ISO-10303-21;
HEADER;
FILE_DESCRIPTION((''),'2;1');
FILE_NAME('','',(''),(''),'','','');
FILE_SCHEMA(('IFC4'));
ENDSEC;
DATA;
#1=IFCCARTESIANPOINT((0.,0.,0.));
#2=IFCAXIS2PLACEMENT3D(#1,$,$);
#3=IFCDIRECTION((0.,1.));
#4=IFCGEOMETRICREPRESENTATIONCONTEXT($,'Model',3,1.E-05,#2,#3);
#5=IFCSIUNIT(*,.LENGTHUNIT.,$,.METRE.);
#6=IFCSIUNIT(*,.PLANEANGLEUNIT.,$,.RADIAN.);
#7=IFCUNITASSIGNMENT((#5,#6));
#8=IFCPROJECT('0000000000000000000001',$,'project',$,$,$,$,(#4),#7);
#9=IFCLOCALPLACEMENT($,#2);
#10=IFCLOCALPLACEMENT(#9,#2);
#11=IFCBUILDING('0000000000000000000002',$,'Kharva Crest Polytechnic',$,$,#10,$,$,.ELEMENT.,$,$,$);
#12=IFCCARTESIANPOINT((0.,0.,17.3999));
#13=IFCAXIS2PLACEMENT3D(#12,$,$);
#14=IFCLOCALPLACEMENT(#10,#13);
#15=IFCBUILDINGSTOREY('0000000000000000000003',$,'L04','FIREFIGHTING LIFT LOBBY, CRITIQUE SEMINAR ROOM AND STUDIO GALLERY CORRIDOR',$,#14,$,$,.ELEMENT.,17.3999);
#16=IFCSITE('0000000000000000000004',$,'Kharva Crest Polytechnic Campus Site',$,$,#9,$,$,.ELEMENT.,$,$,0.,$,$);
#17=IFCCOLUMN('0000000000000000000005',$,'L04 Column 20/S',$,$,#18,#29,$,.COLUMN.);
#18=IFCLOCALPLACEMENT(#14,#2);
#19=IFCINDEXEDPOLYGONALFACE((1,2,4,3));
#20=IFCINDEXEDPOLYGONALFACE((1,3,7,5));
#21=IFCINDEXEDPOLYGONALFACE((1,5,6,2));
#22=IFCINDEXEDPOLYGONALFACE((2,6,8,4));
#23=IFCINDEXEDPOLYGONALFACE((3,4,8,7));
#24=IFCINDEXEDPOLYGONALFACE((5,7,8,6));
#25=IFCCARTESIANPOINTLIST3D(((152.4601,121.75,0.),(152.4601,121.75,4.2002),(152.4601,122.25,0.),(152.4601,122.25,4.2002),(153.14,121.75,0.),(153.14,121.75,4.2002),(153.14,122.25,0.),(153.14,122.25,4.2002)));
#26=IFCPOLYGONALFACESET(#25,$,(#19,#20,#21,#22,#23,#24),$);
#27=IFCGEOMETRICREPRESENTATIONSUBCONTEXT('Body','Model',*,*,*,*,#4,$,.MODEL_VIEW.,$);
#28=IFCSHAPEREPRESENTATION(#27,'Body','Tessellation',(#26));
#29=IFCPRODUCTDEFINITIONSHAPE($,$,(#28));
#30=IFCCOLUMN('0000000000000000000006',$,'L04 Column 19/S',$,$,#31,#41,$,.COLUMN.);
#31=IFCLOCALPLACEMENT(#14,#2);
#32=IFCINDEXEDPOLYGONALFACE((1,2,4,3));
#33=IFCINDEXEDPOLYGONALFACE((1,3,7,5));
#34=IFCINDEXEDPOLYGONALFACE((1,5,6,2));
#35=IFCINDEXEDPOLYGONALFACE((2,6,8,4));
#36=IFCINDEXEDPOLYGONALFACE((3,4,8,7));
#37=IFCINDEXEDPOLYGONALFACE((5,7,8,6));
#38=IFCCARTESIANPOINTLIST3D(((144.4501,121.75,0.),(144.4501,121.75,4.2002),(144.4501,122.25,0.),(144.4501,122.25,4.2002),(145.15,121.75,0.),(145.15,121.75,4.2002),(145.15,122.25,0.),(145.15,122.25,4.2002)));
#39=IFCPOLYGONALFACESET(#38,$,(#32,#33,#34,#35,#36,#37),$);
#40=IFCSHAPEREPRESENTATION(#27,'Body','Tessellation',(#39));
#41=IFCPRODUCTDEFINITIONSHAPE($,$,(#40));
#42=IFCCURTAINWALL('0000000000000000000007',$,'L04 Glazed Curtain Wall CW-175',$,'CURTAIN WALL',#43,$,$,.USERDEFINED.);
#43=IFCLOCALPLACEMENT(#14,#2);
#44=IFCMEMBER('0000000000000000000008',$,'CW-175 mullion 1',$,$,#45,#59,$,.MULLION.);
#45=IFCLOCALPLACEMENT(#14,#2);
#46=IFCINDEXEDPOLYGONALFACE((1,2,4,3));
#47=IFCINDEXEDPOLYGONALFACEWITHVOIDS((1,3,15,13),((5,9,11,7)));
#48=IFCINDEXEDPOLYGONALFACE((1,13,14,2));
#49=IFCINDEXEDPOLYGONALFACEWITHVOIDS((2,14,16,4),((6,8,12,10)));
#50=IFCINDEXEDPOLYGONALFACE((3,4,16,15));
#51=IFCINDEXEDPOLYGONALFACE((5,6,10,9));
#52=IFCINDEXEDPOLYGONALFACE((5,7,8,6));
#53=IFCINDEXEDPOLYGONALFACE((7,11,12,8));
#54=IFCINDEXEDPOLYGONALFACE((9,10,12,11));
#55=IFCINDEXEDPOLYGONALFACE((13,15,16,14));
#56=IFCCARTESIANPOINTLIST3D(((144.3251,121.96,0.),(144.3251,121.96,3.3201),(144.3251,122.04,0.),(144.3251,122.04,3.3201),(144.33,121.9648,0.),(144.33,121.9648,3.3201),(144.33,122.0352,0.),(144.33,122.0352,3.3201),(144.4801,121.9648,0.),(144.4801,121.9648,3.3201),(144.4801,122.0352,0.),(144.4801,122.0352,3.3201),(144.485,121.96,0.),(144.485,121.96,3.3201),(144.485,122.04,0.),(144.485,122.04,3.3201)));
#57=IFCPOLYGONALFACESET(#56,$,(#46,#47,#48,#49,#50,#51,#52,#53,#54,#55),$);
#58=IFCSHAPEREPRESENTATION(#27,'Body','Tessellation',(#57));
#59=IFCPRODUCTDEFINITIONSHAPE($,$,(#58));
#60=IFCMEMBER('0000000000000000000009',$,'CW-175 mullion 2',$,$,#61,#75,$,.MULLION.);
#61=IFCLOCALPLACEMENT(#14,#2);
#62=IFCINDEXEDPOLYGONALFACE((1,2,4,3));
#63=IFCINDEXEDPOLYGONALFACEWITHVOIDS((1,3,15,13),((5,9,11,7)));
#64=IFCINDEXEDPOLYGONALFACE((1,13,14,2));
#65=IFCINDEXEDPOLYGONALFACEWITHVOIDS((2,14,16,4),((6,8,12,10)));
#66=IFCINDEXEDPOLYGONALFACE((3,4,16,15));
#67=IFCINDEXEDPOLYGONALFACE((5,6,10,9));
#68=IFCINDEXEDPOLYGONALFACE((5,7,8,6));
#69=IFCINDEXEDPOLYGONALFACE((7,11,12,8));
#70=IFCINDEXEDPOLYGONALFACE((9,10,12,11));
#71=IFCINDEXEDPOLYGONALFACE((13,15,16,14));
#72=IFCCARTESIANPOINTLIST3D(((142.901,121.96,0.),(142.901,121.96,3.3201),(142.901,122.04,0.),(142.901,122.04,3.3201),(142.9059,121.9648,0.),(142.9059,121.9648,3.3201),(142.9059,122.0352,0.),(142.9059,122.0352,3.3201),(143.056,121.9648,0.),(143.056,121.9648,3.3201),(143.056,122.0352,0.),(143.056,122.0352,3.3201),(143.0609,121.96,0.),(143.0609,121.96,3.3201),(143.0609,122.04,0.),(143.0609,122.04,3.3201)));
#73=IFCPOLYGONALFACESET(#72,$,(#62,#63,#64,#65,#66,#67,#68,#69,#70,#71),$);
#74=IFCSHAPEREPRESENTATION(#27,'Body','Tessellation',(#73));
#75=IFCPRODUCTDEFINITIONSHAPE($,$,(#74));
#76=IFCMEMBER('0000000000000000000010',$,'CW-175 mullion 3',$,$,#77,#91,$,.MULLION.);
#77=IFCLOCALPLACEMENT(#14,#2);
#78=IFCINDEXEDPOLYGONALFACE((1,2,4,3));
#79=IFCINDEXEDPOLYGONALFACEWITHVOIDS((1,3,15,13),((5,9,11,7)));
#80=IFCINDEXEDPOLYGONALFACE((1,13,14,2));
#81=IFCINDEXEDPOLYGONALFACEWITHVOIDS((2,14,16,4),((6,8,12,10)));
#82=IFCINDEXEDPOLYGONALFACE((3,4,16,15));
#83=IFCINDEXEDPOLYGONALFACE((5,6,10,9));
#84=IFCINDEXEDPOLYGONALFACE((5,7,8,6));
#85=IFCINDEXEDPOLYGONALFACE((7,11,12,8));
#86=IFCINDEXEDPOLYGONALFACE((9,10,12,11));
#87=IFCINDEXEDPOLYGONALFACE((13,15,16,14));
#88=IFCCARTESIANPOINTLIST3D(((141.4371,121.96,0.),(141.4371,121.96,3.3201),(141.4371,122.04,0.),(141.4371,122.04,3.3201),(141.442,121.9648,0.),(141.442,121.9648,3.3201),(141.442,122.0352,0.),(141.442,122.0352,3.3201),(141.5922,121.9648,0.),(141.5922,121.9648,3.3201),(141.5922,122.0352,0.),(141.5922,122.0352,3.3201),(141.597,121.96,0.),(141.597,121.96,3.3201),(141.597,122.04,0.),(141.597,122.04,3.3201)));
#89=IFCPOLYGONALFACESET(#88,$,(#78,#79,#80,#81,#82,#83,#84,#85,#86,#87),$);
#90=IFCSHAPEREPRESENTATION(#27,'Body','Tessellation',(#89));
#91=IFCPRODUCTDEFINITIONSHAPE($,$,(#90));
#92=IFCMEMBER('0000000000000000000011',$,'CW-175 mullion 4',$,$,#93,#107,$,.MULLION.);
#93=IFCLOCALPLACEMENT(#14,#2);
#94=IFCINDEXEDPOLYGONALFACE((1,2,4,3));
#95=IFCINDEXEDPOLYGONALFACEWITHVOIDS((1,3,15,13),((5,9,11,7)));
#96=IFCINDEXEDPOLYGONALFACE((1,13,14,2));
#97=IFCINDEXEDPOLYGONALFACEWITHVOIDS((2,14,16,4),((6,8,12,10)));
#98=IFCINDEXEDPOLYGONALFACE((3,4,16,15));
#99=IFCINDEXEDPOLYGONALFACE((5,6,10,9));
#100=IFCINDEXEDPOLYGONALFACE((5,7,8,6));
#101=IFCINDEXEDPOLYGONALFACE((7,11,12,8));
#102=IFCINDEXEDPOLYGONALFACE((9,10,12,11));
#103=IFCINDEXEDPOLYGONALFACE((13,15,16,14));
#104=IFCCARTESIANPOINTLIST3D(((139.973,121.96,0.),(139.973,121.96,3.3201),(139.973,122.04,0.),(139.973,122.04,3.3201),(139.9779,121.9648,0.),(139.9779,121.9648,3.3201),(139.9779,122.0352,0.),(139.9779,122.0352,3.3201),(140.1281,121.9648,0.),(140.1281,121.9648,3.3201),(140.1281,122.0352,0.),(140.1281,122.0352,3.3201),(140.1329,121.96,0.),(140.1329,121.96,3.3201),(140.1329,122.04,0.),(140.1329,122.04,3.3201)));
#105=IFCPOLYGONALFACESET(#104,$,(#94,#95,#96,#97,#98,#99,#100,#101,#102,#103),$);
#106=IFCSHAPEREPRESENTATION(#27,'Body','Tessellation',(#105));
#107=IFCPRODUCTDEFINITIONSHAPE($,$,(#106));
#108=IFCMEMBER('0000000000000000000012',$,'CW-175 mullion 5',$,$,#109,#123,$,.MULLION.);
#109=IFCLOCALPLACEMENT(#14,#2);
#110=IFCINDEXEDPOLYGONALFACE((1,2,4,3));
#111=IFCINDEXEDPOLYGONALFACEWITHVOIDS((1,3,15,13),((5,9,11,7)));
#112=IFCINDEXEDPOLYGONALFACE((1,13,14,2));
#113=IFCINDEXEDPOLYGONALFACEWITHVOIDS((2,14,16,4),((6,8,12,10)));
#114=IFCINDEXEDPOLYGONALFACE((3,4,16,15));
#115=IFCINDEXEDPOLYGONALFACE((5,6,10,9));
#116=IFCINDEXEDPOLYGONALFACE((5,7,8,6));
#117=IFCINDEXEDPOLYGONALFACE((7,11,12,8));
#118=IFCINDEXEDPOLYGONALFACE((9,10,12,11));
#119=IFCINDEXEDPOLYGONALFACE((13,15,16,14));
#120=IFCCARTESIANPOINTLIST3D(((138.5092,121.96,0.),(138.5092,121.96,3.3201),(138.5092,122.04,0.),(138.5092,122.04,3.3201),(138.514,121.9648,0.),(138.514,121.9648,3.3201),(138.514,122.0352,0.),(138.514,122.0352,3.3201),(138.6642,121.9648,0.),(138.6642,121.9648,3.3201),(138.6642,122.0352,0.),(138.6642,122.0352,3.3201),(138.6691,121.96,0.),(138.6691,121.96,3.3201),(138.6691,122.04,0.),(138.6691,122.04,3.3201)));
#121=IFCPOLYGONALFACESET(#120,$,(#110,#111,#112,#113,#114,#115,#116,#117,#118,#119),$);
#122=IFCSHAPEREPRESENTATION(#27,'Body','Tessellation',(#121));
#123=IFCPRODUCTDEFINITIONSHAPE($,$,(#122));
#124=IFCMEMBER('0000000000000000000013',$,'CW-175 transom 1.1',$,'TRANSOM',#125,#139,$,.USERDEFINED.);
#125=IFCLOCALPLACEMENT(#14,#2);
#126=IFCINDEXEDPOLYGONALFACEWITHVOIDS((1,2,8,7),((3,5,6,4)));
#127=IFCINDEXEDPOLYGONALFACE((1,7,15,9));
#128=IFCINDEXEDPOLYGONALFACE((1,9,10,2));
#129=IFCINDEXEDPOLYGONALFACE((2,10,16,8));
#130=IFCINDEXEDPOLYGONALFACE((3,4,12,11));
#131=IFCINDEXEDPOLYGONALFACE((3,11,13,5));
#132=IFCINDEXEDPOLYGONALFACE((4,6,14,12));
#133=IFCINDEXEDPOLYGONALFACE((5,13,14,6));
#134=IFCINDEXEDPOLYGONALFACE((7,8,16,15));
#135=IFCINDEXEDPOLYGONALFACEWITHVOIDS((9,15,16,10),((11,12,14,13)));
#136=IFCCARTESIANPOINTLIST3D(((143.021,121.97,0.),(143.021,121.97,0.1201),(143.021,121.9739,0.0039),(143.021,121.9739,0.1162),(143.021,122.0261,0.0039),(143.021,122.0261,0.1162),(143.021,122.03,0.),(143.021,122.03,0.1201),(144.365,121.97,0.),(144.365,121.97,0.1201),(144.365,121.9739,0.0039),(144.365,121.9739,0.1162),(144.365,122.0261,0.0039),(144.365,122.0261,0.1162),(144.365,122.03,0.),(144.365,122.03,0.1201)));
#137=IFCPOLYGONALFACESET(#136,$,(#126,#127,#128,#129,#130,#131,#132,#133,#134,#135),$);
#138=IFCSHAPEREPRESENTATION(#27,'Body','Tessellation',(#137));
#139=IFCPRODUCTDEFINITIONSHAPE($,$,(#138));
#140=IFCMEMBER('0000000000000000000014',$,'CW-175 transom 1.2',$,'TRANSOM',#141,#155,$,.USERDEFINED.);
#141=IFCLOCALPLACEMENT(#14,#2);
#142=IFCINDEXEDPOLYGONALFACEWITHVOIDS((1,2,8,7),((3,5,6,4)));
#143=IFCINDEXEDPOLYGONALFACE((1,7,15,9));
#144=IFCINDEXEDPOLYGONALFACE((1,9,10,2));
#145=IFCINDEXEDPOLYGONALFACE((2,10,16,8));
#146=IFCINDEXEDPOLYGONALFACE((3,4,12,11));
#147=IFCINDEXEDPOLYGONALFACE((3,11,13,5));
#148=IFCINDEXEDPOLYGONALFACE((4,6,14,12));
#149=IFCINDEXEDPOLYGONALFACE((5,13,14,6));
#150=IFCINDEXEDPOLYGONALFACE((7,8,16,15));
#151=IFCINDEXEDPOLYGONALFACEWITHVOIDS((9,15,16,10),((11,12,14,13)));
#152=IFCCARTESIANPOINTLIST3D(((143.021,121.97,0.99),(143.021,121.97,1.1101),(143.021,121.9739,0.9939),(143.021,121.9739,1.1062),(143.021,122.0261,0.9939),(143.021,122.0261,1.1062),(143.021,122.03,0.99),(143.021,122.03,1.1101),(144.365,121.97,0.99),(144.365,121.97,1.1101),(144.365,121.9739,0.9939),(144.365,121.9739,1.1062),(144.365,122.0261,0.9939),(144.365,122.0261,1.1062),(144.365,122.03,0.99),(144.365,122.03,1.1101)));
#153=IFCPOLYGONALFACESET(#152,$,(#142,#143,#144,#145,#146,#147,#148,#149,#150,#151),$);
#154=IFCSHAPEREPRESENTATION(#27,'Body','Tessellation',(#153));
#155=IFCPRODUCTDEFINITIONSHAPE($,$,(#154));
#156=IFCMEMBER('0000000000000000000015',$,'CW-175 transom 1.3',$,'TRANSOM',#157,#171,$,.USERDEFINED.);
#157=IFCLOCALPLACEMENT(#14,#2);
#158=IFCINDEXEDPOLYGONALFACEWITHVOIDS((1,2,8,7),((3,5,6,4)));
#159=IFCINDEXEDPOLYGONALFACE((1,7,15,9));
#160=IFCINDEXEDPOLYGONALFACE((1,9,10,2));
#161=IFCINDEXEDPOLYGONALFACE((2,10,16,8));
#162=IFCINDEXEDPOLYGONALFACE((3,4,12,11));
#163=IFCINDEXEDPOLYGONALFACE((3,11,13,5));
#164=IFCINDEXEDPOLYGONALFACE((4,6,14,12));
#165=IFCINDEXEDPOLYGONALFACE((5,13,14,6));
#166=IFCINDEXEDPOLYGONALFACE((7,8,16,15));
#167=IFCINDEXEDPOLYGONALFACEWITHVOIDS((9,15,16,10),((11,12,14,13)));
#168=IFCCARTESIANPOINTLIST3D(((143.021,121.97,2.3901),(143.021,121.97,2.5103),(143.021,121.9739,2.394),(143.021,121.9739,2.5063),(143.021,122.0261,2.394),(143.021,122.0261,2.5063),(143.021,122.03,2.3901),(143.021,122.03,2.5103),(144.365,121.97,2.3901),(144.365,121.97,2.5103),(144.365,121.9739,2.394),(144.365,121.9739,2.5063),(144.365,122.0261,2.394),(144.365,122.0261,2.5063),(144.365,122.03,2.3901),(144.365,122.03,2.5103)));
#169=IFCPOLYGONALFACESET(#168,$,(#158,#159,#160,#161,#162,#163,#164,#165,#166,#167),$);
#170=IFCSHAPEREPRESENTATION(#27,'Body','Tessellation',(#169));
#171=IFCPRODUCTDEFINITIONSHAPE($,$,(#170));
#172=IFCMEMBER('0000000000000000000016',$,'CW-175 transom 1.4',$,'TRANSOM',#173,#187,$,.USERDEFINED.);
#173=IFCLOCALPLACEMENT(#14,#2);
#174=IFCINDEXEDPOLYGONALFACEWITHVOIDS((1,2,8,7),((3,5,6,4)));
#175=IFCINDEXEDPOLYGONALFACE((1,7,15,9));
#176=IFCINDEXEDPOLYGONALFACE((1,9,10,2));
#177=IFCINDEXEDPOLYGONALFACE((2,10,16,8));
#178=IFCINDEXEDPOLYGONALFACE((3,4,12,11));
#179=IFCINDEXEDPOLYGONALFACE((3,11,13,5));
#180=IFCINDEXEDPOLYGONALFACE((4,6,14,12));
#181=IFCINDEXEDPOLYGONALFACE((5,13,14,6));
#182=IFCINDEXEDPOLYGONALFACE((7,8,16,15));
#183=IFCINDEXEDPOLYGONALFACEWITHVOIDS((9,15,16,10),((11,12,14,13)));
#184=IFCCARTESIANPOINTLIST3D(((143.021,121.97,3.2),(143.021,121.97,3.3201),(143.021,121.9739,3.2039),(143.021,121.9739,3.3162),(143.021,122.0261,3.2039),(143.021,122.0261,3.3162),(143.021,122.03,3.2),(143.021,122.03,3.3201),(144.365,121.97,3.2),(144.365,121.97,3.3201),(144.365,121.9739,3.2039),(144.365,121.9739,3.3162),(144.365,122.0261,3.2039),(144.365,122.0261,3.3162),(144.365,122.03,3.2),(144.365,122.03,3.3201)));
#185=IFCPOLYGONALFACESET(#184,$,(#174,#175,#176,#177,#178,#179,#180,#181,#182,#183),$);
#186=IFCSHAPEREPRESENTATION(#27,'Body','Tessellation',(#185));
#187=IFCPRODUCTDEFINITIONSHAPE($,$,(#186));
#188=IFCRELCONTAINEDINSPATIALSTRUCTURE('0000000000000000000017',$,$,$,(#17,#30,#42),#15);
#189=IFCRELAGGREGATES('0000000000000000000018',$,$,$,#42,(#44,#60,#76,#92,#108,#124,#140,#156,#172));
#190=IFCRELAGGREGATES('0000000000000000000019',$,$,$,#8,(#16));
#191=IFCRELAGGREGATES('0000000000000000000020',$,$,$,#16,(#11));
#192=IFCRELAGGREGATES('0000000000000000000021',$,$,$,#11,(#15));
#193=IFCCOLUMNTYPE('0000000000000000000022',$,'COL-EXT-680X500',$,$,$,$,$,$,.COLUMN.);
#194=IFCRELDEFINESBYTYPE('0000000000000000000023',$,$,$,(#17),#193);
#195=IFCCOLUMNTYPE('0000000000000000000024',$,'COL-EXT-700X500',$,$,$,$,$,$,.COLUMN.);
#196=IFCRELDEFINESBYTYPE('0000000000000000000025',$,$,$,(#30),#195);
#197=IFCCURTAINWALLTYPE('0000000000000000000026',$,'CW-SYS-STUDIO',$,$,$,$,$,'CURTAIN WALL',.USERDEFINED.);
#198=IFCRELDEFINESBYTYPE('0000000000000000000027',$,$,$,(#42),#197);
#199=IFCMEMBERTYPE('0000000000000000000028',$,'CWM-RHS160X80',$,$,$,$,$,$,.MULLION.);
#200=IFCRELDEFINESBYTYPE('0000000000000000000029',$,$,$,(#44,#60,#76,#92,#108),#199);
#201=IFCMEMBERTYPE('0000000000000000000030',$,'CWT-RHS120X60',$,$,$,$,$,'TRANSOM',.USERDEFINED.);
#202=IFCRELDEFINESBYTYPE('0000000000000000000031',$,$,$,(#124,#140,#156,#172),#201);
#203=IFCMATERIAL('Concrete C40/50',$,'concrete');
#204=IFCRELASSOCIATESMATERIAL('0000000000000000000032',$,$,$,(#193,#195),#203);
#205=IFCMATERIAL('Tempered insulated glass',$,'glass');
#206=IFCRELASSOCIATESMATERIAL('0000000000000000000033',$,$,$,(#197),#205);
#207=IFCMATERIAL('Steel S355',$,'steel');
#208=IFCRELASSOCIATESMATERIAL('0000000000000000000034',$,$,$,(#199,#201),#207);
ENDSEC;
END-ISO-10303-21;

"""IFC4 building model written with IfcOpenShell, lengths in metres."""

from ifc_helpers import new_model, si_unit, direction, frame, origin, origin_2d, place, context, subcontext, project, spatial, rectangle, hollow_rectangle, extrude, material, material_profile, profile_set, type_object, element, aggregate, save


model = new_model("IFC4")

# Units and contexts
model_context = context("Model", 3, precision=1e-05, world=origin(), true_north=direction((0.0, 1.0)))
body_context = subcontext(model_context, "Body", "Model", "MODEL_VIEW")
ifc_project = project(units=[si_unit("LENGTHUNIT", "METRE"), si_unit("PLANEANGLEUNIT", "RADIAN")], contexts=[model_context])

# Site, building, storey
site_placement = place(None, origin())
site = spatial("IfcSite", under=ifc_project, at=site_placement, Name="Kharva Crest Polytechnic Campus Site", CompositionType="ELEMENT", RefElevation=0.0)
building_placement = place(site_placement, origin())
building = spatial("IfcBuilding", under=site, at=building_placement, Name="Kharva Crest Polytechnic", CompositionType="ELEMENT")
storey_placement = place(building_placement, frame((0.0, 0.0, 17.3999)))
storey = spatial("IfcBuildingStorey", under=building, at=storey_placement, Name="L04", Description="FIREFIGHTING LIFT LOBBY, CRITIQUE SEMINAR ROOM AND STUDIO GALLERY CORRIDOR", CompositionType="ELEMENT", Elevation=17.3999)

# Columns
ifc_material_1 = material(Name="Concrete C40/50", Category="concrete")
ifc_material_profile_1 = material_profile(ifc_material_1, rectangle(XDim=0.6799, YDim=0.5, at=origin_2d()), Name="RECT 680 X 500")
ifc_profile_set_1 = profile_set([ifc_material_profile_1], Name="Concrete C40/50")
column_type_1 = type_object("IfcColumnType", Name="COL-EXT-680X500", PredefinedType="COLUMN", material=ifc_profile_set_1)
column_1_placement = place(storey_placement, frame((152.8, 122.0, 0.0), z_axis=(0.0, 0.0, 1.0), x_axis=(1.0, 0.0, 0.0)))
element("IfcColumn", 1, at=column_1_placement, inside=storey, type_object=column_type_1, Name="L04 Column 20/S", PredefinedType="COLUMN", context=body_context, shape_type="SweptSolid", body=[
    extrude(rectangle(XDim=0.6799, YDim=0.5, at=origin_2d()), origin(), (0.0, 0.0, 1.0), 4.2002),
])
ifc_material_profile_2 = material_profile(ifc_material_1, rectangle(XDim=0.7, YDim=0.5, at=origin_2d()), Name="RECT 700 X 500")
ifc_profile_set_2 = profile_set([ifc_material_profile_2], Name="Concrete C40/50")
column_type_2 = type_object("IfcColumnType", Name="COL-EXT-700X500", PredefinedType="COLUMN", material=ifc_profile_set_2)
column_2_placement = place(storey_placement, frame((144.8, 122.0, 0.0), z_axis=(0.0, 0.0, 1.0), x_axis=(1.0, 0.0, 0.0)))
element("IfcColumn", 2, at=column_2_placement, inside=storey, type_object=column_type_2, Name="L04 Column 19/S", PredefinedType="COLUMN", context=body_context, shape_type="SweptSolid", body=[
    extrude(rectangle(XDim=0.7, YDim=0.5, at=origin_2d()), origin(), (0.0, 0.0, 1.0), 4.2002),
])

# Curtain wall, members
ifc_material_2 = material(Name="Tempered insulated glass", Category="glass")
curtain_wall_type = type_object("IfcCurtainWallType", Name="CW-SYS-STUDIO", ElementType="CURTAIN WALL", PredefinedType="USERDEFINED", material=ifc_material_2)
curtain_wall_placement = place(storey_placement, origin())
curtain_wall = element("IfcCurtainWall", 3, at=curtain_wall_placement, inside=storey, type_object=curtain_wall_type, Name="L04 Glazed Curtain Wall CW-175", ObjectType="CURTAIN WALL", PredefinedType="USERDEFINED")
ifc_material_3 = material(Name="Steel S355", Category="steel")
ifc_material_profile_3 = material_profile(ifc_material_3, hollow_rectangle(XDim=0.0801, YDim=0.1599, WallThickness=0.0049, at=origin_2d()), Name="RHS 160X80X5.0")
ifc_profile_set_3 = profile_set([ifc_material_profile_3], Name="Steel S355")
member_type_1 = type_object("IfcMemberType", Name="CWM-RHS160X80", PredefinedType="MULLION", material=ifc_profile_set_3)
member_1_placement = place(storey_placement, frame((144.405, 122.0, 0.0), z_axis=(0.0, 0.0, 1.0), x_axis=(0.0, -1.0, 0.0)))
member_1 = element("IfcMember", 4, at=member_1_placement, type_object=member_type_1, Name="CW-175 mullion 1", PredefinedType="MULLION", context=body_context, shape_type="SweptSolid", body=[
    extrude(hollow_rectangle(XDim=0.0801, YDim=0.1599, WallThickness=0.0049, at=origin_2d()), origin(), (0.0, 0.0, 1.0), 3.3201),
])
member_2_placement = place(storey_placement, frame((142.981, 122.0, 0.0), z_axis=(0.0, 0.0, 1.0), x_axis=(0.0, -1.0, 0.0)))
member_2 = element("IfcMember", 5, at=member_2_placement, type_object=member_type_1, Name="CW-175 mullion 2", PredefinedType="MULLION", context=body_context, shape_type="SweptSolid", body=[
    extrude(hollow_rectangle(XDim=0.0801, YDim=0.1599, WallThickness=0.0049, at=origin_2d()), origin(), (0.0, 0.0, 1.0), 3.3201),
])
member_3_placement = place(storey_placement, frame((141.5171, 122.0, 0.0), z_axis=(0.0, 0.0, 1.0), x_axis=(0.0, -1.0, 0.0)))
member_3 = element("IfcMember", 6, at=member_3_placement, type_object=member_type_1, Name="CW-175 mullion 3", PredefinedType="MULLION", context=body_context, shape_type="SweptSolid", body=[
    extrude(hollow_rectangle(XDim=0.0801, YDim=0.1599, WallThickness=0.0049, at=origin_2d()), origin(), (0.0, 0.0, 1.0), 3.3201),
])
member_4_placement = place(storey_placement, frame((140.053, 122.0, 0.0), z_axis=(0.0, 0.0, 1.0), x_axis=(0.0, -1.0, 0.0)))
member_4 = element("IfcMember", 7, at=member_4_placement, type_object=member_type_1, Name="CW-175 mullion 4", PredefinedType="MULLION", context=body_context, shape_type="SweptSolid", body=[
    extrude(hollow_rectangle(XDim=0.0801, YDim=0.1599, WallThickness=0.0049, at=origin_2d()), origin(), (0.0, 0.0, 1.0), 3.3201),
])
member_5_placement = place(storey_placement, frame((138.5891, 122.0, 0.0), z_axis=(0.0, 0.0, 1.0), x_axis=(0.0, -1.0, 0.0)))
member_5 = element("IfcMember", 8, at=member_5_placement, type_object=member_type_1, Name="CW-175 mullion 5", PredefinedType="MULLION", context=body_context, shape_type="SweptSolid", body=[
    extrude(hollow_rectangle(XDim=0.0801, YDim=0.1599, WallThickness=0.0049, at=origin_2d()), origin(), (0.0, 0.0, 1.0), 3.3201),
])
ifc_material_profile_4 = material_profile(ifc_material_3, hollow_rectangle(XDim=0.0601, YDim=0.1201, WallThickness=0.0039, at=origin_2d()), Name="RHS 120X60X4.0")
ifc_profile_set_4 = profile_set([ifc_material_profile_4], Name="Steel S355")
member_type_2 = type_object("IfcMemberType", Name="CWT-RHS120X60", ElementType="TRANSOM", PredefinedType="USERDEFINED", material=ifc_profile_set_4)
member_6_placement = place(storey_placement, frame((144.365, 122.0, 0.0601), z_axis=(-1.0, 0.0, 0.0), x_axis=(0.0, -1.0, 0.0)))
member_6 = element("IfcMember", 9, at=member_6_placement, type_object=member_type_2, Name="CW-175 transom 1.1", ObjectType="TRANSOM", PredefinedType="USERDEFINED", context=body_context, shape_type="SweptSolid", body=[
    extrude(hollow_rectangle(XDim=0.0601, YDim=0.1201, WallThickness=0.0039, at=origin_2d()), origin(), (0.0, 0.0, 1.0), 1.344),
])
member_7_placement = place(storey_placement, frame((144.365, 122.0, 1.05), z_axis=(-1.0, 0.0, 0.0), x_axis=(0.0, -1.0, 0.0)))
member_7 = element("IfcMember", 10, at=member_7_placement, type_object=member_type_2, Name="CW-175 transom 1.2", ObjectType="TRANSOM", PredefinedType="USERDEFINED", context=body_context, shape_type="SweptSolid", body=[
    extrude(hollow_rectangle(XDim=0.0601, YDim=0.1201, WallThickness=0.0039, at=origin_2d()), origin(), (0.0, 0.0, 1.0), 1.344),
])
member_8_placement = place(storey_placement, frame((144.365, 122.0, 2.4502), z_axis=(-1.0, 0.0, 0.0), x_axis=(0.0, -1.0, 0.0)))
member_8 = element("IfcMember", 11, at=member_8_placement, type_object=member_type_2, Name="CW-175 transom 1.3", ObjectType="TRANSOM", PredefinedType="USERDEFINED", context=body_context, shape_type="SweptSolid", body=[
    extrude(hollow_rectangle(XDim=0.0601, YDim=0.1201, WallThickness=0.0039, at=origin_2d()), origin(), (0.0, 0.0, 1.0), 1.344),
])
member_9_placement = place(storey_placement, frame((144.365, 122.0, 3.26), z_axis=(-1.0, 0.0, 0.0), x_axis=(0.0, -1.0, 0.0)))
member_9 = element("IfcMember", 12, at=member_9_placement, type_object=member_type_2, Name="CW-175 transom 1.4", ObjectType="TRANSOM", PredefinedType="USERDEFINED", context=body_context, shape_type="SweptSolid", body=[
    extrude(hollow_rectangle(XDim=0.0601, YDim=0.1201, WallThickness=0.0039, at=origin_2d()), origin(), (0.0, 0.0, 1.0), 1.344),
])
aggregate(curtain_wall, [member_1, member_2, member_3, member_4, member_5, member_6, member_7, member_8, member_9])

save(model, "model.ifc")
